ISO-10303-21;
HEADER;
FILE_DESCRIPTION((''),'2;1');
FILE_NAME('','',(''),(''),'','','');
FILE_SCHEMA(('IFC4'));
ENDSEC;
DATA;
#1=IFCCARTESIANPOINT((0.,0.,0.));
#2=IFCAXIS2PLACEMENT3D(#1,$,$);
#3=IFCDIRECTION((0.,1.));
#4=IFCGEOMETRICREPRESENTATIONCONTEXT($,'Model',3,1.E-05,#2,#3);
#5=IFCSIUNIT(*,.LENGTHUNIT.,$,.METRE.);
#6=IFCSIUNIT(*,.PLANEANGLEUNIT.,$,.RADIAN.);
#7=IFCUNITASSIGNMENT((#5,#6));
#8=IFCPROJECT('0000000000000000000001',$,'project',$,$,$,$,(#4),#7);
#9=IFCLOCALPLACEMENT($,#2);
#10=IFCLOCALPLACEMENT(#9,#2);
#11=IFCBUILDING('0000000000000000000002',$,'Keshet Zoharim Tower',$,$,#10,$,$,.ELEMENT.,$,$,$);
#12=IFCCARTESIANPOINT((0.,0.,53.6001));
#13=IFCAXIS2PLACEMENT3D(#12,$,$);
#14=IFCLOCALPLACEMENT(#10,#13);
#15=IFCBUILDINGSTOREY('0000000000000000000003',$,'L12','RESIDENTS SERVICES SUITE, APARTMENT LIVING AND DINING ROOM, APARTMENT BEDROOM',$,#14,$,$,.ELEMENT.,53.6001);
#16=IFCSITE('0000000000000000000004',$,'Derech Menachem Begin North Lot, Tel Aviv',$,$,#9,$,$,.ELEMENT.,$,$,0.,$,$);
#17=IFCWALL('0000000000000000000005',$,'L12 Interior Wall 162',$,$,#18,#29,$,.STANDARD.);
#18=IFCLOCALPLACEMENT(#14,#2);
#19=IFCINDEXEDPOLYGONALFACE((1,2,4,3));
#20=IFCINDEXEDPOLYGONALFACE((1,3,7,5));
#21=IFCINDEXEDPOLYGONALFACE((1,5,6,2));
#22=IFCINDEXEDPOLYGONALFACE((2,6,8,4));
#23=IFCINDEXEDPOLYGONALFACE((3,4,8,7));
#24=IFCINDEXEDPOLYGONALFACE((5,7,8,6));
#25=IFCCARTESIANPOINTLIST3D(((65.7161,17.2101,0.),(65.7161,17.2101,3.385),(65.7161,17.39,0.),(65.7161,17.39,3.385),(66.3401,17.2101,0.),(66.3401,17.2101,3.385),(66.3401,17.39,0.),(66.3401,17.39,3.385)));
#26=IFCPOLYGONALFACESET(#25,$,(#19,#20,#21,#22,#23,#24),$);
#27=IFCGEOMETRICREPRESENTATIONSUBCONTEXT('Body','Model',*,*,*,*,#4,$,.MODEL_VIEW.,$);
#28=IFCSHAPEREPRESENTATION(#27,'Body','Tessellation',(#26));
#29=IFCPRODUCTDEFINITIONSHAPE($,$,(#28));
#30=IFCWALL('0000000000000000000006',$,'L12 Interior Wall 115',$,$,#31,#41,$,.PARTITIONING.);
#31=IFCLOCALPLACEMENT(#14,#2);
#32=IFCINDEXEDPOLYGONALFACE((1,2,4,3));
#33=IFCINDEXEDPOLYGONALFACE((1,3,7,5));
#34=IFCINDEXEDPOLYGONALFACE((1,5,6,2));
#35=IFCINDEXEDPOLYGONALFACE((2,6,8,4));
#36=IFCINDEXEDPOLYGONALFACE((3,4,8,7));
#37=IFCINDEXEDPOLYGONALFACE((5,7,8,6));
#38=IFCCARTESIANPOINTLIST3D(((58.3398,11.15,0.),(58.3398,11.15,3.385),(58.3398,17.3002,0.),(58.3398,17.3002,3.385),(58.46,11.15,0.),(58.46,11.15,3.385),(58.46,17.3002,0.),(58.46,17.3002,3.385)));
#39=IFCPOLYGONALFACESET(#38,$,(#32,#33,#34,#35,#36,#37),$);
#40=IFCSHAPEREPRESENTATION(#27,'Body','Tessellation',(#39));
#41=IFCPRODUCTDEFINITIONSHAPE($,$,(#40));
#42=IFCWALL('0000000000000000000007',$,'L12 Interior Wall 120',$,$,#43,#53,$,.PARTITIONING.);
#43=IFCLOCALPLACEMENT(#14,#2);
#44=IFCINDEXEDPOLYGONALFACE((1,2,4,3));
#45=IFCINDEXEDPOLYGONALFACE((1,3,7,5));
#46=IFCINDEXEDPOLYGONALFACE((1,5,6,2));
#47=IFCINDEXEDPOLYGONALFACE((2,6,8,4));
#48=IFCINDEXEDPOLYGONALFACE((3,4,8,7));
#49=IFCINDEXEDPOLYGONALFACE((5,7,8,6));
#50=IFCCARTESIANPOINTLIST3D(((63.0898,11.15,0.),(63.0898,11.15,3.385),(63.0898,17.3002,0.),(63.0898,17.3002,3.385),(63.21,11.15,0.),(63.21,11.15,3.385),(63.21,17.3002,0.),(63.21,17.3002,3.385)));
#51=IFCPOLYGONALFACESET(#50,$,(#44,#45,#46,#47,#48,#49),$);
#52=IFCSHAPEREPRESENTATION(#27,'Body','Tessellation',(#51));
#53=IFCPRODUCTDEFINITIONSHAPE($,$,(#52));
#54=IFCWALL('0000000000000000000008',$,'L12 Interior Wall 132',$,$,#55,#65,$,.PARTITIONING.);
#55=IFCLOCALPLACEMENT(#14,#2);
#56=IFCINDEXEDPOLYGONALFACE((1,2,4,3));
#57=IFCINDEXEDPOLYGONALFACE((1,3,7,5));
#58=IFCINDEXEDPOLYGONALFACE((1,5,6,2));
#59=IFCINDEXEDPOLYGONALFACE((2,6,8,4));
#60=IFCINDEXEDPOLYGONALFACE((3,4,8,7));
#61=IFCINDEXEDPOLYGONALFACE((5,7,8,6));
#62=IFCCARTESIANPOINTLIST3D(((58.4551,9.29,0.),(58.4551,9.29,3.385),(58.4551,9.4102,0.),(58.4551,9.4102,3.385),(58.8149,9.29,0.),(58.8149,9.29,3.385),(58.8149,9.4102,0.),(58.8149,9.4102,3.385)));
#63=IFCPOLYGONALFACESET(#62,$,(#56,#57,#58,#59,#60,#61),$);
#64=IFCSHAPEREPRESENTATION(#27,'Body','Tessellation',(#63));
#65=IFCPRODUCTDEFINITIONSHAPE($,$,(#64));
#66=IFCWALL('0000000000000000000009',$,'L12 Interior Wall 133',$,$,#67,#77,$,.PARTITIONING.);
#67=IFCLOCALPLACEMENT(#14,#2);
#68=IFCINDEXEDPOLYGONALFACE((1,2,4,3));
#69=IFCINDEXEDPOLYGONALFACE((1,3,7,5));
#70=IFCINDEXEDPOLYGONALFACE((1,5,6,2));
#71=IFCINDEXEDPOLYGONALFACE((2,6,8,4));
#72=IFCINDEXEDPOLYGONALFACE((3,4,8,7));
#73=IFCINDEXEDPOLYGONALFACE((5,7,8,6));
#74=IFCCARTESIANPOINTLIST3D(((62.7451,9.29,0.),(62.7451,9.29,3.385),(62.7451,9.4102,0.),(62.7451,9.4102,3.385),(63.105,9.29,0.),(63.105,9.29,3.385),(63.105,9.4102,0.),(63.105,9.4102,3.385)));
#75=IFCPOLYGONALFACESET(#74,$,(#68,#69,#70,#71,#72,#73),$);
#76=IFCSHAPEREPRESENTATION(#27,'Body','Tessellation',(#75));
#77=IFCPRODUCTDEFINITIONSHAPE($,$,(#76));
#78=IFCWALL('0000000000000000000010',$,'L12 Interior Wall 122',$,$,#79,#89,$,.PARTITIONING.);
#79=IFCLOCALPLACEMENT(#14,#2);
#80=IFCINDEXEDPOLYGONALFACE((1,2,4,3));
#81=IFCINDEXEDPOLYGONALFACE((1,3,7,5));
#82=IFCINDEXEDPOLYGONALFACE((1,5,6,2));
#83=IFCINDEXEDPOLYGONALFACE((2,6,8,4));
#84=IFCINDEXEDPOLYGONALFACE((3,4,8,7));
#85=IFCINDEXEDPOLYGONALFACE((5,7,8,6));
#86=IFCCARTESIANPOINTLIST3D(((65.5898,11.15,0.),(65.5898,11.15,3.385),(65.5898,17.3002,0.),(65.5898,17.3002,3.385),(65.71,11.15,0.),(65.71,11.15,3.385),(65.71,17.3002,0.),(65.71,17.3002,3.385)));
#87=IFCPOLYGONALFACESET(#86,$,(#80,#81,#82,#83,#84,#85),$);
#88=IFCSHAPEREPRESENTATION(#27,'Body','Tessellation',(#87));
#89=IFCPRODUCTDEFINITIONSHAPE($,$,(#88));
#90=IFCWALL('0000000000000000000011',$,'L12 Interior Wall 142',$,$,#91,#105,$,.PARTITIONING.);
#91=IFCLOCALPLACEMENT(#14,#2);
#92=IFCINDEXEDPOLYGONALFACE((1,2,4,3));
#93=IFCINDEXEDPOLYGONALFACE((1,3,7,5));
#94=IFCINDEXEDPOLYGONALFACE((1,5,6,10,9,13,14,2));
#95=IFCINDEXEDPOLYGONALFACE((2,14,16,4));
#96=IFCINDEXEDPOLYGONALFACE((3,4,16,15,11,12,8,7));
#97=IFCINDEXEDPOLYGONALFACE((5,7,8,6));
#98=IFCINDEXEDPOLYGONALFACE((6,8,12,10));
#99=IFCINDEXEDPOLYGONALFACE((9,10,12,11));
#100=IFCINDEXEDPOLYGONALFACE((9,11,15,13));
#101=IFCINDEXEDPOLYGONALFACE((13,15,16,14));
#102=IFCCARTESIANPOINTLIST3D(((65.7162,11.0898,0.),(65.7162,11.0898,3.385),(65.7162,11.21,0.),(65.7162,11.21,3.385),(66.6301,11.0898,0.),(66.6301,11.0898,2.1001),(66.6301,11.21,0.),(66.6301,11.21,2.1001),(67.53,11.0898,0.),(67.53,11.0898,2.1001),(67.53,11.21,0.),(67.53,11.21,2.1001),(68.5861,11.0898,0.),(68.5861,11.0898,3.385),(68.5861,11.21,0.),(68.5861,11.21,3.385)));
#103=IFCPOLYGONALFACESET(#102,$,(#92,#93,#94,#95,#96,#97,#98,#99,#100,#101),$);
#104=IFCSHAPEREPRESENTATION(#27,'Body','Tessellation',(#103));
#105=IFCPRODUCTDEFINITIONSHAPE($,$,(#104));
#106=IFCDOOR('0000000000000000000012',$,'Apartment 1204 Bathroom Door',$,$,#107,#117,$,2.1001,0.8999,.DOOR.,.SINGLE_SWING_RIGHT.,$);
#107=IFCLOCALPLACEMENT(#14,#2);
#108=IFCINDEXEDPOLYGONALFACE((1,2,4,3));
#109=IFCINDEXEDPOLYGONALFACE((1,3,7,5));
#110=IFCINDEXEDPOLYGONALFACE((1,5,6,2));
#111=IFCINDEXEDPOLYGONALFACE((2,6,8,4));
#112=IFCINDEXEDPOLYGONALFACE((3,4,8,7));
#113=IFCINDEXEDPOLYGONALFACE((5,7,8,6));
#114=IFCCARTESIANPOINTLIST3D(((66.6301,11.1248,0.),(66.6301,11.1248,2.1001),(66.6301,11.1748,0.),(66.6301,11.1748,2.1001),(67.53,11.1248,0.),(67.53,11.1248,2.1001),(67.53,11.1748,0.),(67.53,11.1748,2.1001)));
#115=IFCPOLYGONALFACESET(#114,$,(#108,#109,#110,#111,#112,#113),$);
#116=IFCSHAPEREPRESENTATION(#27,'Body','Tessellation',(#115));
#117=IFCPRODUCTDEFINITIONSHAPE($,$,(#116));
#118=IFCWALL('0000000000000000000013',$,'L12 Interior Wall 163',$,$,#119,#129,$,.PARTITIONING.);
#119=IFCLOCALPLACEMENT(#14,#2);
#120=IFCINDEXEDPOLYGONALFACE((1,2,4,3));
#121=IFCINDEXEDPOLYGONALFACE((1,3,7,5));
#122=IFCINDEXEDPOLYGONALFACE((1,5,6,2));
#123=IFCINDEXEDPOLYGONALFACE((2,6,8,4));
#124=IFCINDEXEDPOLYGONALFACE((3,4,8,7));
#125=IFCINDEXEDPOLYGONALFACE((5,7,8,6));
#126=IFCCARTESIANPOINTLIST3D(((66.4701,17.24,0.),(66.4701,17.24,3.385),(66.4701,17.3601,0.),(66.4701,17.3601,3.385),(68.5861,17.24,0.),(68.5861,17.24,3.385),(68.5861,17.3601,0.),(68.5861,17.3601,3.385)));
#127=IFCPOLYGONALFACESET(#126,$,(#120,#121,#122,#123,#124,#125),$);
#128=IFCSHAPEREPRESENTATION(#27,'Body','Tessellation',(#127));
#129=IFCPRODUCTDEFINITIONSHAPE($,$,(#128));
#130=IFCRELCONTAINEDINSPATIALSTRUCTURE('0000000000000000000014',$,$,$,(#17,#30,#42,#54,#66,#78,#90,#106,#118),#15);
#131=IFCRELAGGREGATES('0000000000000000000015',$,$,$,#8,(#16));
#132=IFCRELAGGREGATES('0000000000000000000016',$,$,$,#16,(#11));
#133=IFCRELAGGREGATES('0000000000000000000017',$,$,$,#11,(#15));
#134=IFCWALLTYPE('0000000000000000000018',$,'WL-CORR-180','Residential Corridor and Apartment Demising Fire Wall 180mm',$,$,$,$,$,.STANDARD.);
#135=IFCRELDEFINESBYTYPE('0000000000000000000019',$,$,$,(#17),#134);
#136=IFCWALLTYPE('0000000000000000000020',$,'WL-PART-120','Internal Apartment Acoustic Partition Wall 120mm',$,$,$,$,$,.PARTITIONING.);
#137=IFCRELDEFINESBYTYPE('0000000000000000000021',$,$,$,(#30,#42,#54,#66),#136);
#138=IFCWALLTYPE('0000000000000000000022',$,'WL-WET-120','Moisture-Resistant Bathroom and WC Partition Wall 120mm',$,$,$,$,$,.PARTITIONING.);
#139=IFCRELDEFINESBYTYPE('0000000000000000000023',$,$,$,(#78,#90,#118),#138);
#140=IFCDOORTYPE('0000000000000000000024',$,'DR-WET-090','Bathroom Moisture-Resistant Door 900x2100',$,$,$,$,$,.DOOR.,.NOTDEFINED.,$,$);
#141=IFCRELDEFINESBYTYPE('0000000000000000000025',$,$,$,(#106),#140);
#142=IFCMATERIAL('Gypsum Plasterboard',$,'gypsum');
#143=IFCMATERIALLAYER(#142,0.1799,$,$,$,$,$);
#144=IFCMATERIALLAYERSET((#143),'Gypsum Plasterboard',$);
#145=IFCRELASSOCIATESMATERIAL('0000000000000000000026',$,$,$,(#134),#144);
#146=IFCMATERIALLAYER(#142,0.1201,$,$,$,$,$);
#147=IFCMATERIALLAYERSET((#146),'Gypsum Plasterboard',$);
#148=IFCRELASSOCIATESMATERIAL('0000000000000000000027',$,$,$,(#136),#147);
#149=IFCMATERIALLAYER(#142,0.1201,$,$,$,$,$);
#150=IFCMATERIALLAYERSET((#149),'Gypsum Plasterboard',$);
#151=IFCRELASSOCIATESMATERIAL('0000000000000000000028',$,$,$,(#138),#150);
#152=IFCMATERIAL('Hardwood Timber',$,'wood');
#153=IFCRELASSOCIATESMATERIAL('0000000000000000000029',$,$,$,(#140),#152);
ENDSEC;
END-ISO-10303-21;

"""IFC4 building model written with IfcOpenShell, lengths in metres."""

from ifc_helpers import new_model, si_unit, direction, frame, frame_2d, origin, place, context, subcontext, project, spatial, rectangle, extrude, material, layer, layer_set, type_object, element, fill, save


model = new_model("IFC4")

# Units and contexts
model_context = context("Model", 3, precision=1e-05, world=origin(), true_north=direction((0.0, 1.0)))
body_context = subcontext(model_context, "Body", "Model", "MODEL_VIEW")
ifc_project = project(units=[si_unit("LENGTHUNIT", "METRE"), si_unit("PLANEANGLEUNIT", "RADIAN")], contexts=[model_context])

# Site, building, storey
site_placement = place(None, origin())
site = spatial("IfcSite", under=ifc_project, at=site_placement, Name="Derech Menachem Begin North Lot, Tel Aviv", CompositionType="ELEMENT", RefElevation=0.0)
building_placement = place(site_placement, origin())
building = spatial("IfcBuilding", under=site, at=building_placement, Name="Keshet Zoharim Tower", CompositionType="ELEMENT")
storey_placement = place(building_placement, frame((0.0, 0.0, 53.6001)))
storey = spatial("IfcBuildingStorey", under=building, at=storey_placement, Name="L12", Description="RESIDENTS SERVICES SUITE, APARTMENT LIVING AND DINING ROOM, APARTMENT BEDROOM", CompositionType="ELEMENT", Elevation=53.6001)

# Shared definitions
ifc_material_1 = material(Name="Gypsum Plasterboard", Category="gypsum")

# Shared definitions
ifc_layer_1 = layer(ifc_material_1, 0.1799)
ifc_layer_set_1 = layer_set([ifc_layer_1], Name="Gypsum Plasterboard")
wall_type_1 = type_object("IfcWallType", Name="WL-CORR-180", Description="Residential Corridor and Apartment Demising Fire Wall 180mm", PredefinedType="STANDARD", material=ifc_layer_set_1)
ifc_material_2 = material(Name="Hardwood Timber", Category="wood")

# Walls
wall_1_placement = place(storey_placement, frame((65.7161, 17.3, 0.0), z_axis=(0.0, 0.0, 1.0), x_axis=(1.0, 0.0, 0.0)))
element("IfcWall", 1, at=wall_1_placement, inside=storey, type_object=wall_type_1, Name="L12 Interior Wall 162", PredefinedType="STANDARD", context=body_context, shape_type="SweptSolid", body=[
    extrude(rectangle(XDim=0.624, YDim=0.1799, at=frame_2d((0.312, 0.0))), origin(), (0.0, 0.0, 1.0), 3.385),
])
ifc_layer_2 = layer(ifc_material_1, 0.1201)
ifc_layer_set_2 = layer_set([ifc_layer_2], Name="Gypsum Plasterboard")
wall_type_2 = type_object("IfcWallType", Name="WL-PART-120", Description="Internal Apartment Acoustic Partition Wall 120mm", PredefinedType="PARTITIONING", material=ifc_layer_set_2)
for number, where, z_axis, x_axis, name in (
    (2, (58.3999, 11.1499, 0.0), (0.0, 0.0, 1.0), (0.0, 1.0, 0.0), "L12 Interior Wall 115"),
    (3, (63.1499, 11.1499, 0.0), (0.0, 0.0, 1.0), (0.0, 1.0, 0.0), "L12 Interior Wall 120"),
):
    element("IfcWall", number, at=place(storey_placement, frame(where, z_axis=z_axis, x_axis=x_axis)), inside=storey, type_object=wall_type_2, Name=name, PredefinedType="PARTITIONING", context=body_context, shape_type="SweptSolid", body=[
        extrude(rectangle(XDim=6.1501, YDim=0.1201, at=frame_2d((3.0752, 0.0))), origin(), (0.0, 0.0, 1.0), 3.385),
    ])
for number, where, z_axis, x_axis, name in (
    (4, (58.4551, 9.3501, 0.0), (0.0, 0.0, 1.0), (1.0, 0.0, 0.0), "L12 Interior Wall 132"),
    (5, (62.7451, 9.3501, 0.0), (0.0, 0.0, 1.0), (1.0, 0.0, 0.0), "L12 Interior Wall 133"),
):
    element("IfcWall", number, at=place(storey_placement, frame(where, z_axis=z_axis, x_axis=x_axis)), inside=storey, type_object=wall_type_2, Name=name, PredefinedType="PARTITIONING", context=body_context, shape_type="SweptSolid", body=[
        extrude(rectangle(XDim=0.3599, YDim=0.1201, at=frame_2d((0.1799, 0.0))), origin(), (0.0, 0.0, 1.0), 3.385),
    ])

# Wall
ifc_layer_3 = layer(ifc_material_1, 0.1201)
ifc_layer_set_3 = layer_set([ifc_layer_3], Name="Gypsum Plasterboard")
wall_type_3 = type_object("IfcWallType", Name="WL-WET-120", Description="Moisture-Resistant Bathroom and WC Partition Wall 120mm", PredefinedType="PARTITIONING", material=ifc_layer_set_3)
wall_2_placement = place(storey_placement, frame((65.6499, 11.1499, 0.0), z_axis=(0.0, 0.0, 1.0), x_axis=(0.0, 1.0, 0.0)))
element("IfcWall", 6, at=wall_2_placement, inside=storey, type_object=wall_type_3, Name="L12 Interior Wall 122", PredefinedType="PARTITIONING", context=body_context, shape_type="SweptSolid", body=[
    extrude(rectangle(XDim=6.1501, YDim=0.1201, at=frame_2d((3.0752, 0.0))), origin(), (0.0, 0.0, 1.0), 3.385),
])

# Wall, opening, door
wall_3_placement = place(storey_placement, frame((65.7161, 11.1499, 0.0), z_axis=(0.0, 0.0, 1.0), x_axis=(1.0, 0.0, 0.0)))
wall_3 = element("IfcWall", 7, at=wall_3_placement, inside=storey, type_object=wall_type_3, Name="L12 Interior Wall 142", PredefinedType="PARTITIONING", context=body_context, shape_type="SweptSolid", body=[
    extrude(rectangle(XDim=2.8699, YDim=0.1201, at=frame_2d((1.4351, 0.0))), origin(), (0.0, 0.0, 1.0), 3.385),
])
opening_1_placement = place(wall_3_placement, frame((0.9141, 0.0, 0.0)))
opening_1 = element("IfcOpeningElement", 8, at=opening_1_placement, cuts=wall_3, PredefinedType="OPENING", context=body_context, shape_type="SweptSolid", body=[
    extrude(rectangle(XDim=0.8999, YDim=2.1001, at=frame_2d((0.45, 1.05))), frame((0.0, 0.0701, 0.0), z_axis=(0.0, -1.0, 0.0), x_axis=(1.0, 0.0, 0.0)), (0.0, 0.0, 1.0), 0.1401),
])
door_type_1 = type_object("IfcDoorType", Name="DR-WET-090", Description="Bathroom Moisture-Resistant Door 900x2100", OperationType="NOTDEFINED", PredefinedType="DOOR", material=ifc_material_2)
door_1_placement = place(opening_1_placement, origin())
door_1 = element("IfcDoor", 9, at=door_1_placement, inside=storey, type_object=door_type_1, Name="Apartment 1204 Bathroom Door", OperationType="SINGLE_SWING_RIGHT", OverallHeight=2.1001, OverallWidth=0.8999, PredefinedType="DOOR", context=body_context, shape_type="SweptSolid", body=[
    extrude(rectangle(XDim=0.8999, YDim=2.1001, at=frame_2d((0.45, 1.05))), frame((0.0, 0.0249, 0.0), z_axis=(0.0, -1.0, 0.0), x_axis=(1.0, 0.0, 0.0)), (0.0, 0.0, 1.0), 0.05),
])
fill(opening_1, door_1)

# Wall
wall_4_placement = place(storey_placement, frame((66.47, 17.3, 0.0), z_axis=(0.0, 0.0, 1.0), x_axis=(1.0, 0.0, 0.0)))
element("IfcWall", 10, at=wall_4_placement, inside=storey, type_object=wall_type_3, Name="L12 Interior Wall 163", PredefinedType="PARTITIONING", context=body_context, shape_type="SweptSolid", body=[
    extrude(rectangle(XDim=2.116, YDim=0.1201, at=frame_2d((1.0581, 0.0))), origin(), (0.0, 0.0, 1.0), 3.385),
])

save(model, "model.ifc")
